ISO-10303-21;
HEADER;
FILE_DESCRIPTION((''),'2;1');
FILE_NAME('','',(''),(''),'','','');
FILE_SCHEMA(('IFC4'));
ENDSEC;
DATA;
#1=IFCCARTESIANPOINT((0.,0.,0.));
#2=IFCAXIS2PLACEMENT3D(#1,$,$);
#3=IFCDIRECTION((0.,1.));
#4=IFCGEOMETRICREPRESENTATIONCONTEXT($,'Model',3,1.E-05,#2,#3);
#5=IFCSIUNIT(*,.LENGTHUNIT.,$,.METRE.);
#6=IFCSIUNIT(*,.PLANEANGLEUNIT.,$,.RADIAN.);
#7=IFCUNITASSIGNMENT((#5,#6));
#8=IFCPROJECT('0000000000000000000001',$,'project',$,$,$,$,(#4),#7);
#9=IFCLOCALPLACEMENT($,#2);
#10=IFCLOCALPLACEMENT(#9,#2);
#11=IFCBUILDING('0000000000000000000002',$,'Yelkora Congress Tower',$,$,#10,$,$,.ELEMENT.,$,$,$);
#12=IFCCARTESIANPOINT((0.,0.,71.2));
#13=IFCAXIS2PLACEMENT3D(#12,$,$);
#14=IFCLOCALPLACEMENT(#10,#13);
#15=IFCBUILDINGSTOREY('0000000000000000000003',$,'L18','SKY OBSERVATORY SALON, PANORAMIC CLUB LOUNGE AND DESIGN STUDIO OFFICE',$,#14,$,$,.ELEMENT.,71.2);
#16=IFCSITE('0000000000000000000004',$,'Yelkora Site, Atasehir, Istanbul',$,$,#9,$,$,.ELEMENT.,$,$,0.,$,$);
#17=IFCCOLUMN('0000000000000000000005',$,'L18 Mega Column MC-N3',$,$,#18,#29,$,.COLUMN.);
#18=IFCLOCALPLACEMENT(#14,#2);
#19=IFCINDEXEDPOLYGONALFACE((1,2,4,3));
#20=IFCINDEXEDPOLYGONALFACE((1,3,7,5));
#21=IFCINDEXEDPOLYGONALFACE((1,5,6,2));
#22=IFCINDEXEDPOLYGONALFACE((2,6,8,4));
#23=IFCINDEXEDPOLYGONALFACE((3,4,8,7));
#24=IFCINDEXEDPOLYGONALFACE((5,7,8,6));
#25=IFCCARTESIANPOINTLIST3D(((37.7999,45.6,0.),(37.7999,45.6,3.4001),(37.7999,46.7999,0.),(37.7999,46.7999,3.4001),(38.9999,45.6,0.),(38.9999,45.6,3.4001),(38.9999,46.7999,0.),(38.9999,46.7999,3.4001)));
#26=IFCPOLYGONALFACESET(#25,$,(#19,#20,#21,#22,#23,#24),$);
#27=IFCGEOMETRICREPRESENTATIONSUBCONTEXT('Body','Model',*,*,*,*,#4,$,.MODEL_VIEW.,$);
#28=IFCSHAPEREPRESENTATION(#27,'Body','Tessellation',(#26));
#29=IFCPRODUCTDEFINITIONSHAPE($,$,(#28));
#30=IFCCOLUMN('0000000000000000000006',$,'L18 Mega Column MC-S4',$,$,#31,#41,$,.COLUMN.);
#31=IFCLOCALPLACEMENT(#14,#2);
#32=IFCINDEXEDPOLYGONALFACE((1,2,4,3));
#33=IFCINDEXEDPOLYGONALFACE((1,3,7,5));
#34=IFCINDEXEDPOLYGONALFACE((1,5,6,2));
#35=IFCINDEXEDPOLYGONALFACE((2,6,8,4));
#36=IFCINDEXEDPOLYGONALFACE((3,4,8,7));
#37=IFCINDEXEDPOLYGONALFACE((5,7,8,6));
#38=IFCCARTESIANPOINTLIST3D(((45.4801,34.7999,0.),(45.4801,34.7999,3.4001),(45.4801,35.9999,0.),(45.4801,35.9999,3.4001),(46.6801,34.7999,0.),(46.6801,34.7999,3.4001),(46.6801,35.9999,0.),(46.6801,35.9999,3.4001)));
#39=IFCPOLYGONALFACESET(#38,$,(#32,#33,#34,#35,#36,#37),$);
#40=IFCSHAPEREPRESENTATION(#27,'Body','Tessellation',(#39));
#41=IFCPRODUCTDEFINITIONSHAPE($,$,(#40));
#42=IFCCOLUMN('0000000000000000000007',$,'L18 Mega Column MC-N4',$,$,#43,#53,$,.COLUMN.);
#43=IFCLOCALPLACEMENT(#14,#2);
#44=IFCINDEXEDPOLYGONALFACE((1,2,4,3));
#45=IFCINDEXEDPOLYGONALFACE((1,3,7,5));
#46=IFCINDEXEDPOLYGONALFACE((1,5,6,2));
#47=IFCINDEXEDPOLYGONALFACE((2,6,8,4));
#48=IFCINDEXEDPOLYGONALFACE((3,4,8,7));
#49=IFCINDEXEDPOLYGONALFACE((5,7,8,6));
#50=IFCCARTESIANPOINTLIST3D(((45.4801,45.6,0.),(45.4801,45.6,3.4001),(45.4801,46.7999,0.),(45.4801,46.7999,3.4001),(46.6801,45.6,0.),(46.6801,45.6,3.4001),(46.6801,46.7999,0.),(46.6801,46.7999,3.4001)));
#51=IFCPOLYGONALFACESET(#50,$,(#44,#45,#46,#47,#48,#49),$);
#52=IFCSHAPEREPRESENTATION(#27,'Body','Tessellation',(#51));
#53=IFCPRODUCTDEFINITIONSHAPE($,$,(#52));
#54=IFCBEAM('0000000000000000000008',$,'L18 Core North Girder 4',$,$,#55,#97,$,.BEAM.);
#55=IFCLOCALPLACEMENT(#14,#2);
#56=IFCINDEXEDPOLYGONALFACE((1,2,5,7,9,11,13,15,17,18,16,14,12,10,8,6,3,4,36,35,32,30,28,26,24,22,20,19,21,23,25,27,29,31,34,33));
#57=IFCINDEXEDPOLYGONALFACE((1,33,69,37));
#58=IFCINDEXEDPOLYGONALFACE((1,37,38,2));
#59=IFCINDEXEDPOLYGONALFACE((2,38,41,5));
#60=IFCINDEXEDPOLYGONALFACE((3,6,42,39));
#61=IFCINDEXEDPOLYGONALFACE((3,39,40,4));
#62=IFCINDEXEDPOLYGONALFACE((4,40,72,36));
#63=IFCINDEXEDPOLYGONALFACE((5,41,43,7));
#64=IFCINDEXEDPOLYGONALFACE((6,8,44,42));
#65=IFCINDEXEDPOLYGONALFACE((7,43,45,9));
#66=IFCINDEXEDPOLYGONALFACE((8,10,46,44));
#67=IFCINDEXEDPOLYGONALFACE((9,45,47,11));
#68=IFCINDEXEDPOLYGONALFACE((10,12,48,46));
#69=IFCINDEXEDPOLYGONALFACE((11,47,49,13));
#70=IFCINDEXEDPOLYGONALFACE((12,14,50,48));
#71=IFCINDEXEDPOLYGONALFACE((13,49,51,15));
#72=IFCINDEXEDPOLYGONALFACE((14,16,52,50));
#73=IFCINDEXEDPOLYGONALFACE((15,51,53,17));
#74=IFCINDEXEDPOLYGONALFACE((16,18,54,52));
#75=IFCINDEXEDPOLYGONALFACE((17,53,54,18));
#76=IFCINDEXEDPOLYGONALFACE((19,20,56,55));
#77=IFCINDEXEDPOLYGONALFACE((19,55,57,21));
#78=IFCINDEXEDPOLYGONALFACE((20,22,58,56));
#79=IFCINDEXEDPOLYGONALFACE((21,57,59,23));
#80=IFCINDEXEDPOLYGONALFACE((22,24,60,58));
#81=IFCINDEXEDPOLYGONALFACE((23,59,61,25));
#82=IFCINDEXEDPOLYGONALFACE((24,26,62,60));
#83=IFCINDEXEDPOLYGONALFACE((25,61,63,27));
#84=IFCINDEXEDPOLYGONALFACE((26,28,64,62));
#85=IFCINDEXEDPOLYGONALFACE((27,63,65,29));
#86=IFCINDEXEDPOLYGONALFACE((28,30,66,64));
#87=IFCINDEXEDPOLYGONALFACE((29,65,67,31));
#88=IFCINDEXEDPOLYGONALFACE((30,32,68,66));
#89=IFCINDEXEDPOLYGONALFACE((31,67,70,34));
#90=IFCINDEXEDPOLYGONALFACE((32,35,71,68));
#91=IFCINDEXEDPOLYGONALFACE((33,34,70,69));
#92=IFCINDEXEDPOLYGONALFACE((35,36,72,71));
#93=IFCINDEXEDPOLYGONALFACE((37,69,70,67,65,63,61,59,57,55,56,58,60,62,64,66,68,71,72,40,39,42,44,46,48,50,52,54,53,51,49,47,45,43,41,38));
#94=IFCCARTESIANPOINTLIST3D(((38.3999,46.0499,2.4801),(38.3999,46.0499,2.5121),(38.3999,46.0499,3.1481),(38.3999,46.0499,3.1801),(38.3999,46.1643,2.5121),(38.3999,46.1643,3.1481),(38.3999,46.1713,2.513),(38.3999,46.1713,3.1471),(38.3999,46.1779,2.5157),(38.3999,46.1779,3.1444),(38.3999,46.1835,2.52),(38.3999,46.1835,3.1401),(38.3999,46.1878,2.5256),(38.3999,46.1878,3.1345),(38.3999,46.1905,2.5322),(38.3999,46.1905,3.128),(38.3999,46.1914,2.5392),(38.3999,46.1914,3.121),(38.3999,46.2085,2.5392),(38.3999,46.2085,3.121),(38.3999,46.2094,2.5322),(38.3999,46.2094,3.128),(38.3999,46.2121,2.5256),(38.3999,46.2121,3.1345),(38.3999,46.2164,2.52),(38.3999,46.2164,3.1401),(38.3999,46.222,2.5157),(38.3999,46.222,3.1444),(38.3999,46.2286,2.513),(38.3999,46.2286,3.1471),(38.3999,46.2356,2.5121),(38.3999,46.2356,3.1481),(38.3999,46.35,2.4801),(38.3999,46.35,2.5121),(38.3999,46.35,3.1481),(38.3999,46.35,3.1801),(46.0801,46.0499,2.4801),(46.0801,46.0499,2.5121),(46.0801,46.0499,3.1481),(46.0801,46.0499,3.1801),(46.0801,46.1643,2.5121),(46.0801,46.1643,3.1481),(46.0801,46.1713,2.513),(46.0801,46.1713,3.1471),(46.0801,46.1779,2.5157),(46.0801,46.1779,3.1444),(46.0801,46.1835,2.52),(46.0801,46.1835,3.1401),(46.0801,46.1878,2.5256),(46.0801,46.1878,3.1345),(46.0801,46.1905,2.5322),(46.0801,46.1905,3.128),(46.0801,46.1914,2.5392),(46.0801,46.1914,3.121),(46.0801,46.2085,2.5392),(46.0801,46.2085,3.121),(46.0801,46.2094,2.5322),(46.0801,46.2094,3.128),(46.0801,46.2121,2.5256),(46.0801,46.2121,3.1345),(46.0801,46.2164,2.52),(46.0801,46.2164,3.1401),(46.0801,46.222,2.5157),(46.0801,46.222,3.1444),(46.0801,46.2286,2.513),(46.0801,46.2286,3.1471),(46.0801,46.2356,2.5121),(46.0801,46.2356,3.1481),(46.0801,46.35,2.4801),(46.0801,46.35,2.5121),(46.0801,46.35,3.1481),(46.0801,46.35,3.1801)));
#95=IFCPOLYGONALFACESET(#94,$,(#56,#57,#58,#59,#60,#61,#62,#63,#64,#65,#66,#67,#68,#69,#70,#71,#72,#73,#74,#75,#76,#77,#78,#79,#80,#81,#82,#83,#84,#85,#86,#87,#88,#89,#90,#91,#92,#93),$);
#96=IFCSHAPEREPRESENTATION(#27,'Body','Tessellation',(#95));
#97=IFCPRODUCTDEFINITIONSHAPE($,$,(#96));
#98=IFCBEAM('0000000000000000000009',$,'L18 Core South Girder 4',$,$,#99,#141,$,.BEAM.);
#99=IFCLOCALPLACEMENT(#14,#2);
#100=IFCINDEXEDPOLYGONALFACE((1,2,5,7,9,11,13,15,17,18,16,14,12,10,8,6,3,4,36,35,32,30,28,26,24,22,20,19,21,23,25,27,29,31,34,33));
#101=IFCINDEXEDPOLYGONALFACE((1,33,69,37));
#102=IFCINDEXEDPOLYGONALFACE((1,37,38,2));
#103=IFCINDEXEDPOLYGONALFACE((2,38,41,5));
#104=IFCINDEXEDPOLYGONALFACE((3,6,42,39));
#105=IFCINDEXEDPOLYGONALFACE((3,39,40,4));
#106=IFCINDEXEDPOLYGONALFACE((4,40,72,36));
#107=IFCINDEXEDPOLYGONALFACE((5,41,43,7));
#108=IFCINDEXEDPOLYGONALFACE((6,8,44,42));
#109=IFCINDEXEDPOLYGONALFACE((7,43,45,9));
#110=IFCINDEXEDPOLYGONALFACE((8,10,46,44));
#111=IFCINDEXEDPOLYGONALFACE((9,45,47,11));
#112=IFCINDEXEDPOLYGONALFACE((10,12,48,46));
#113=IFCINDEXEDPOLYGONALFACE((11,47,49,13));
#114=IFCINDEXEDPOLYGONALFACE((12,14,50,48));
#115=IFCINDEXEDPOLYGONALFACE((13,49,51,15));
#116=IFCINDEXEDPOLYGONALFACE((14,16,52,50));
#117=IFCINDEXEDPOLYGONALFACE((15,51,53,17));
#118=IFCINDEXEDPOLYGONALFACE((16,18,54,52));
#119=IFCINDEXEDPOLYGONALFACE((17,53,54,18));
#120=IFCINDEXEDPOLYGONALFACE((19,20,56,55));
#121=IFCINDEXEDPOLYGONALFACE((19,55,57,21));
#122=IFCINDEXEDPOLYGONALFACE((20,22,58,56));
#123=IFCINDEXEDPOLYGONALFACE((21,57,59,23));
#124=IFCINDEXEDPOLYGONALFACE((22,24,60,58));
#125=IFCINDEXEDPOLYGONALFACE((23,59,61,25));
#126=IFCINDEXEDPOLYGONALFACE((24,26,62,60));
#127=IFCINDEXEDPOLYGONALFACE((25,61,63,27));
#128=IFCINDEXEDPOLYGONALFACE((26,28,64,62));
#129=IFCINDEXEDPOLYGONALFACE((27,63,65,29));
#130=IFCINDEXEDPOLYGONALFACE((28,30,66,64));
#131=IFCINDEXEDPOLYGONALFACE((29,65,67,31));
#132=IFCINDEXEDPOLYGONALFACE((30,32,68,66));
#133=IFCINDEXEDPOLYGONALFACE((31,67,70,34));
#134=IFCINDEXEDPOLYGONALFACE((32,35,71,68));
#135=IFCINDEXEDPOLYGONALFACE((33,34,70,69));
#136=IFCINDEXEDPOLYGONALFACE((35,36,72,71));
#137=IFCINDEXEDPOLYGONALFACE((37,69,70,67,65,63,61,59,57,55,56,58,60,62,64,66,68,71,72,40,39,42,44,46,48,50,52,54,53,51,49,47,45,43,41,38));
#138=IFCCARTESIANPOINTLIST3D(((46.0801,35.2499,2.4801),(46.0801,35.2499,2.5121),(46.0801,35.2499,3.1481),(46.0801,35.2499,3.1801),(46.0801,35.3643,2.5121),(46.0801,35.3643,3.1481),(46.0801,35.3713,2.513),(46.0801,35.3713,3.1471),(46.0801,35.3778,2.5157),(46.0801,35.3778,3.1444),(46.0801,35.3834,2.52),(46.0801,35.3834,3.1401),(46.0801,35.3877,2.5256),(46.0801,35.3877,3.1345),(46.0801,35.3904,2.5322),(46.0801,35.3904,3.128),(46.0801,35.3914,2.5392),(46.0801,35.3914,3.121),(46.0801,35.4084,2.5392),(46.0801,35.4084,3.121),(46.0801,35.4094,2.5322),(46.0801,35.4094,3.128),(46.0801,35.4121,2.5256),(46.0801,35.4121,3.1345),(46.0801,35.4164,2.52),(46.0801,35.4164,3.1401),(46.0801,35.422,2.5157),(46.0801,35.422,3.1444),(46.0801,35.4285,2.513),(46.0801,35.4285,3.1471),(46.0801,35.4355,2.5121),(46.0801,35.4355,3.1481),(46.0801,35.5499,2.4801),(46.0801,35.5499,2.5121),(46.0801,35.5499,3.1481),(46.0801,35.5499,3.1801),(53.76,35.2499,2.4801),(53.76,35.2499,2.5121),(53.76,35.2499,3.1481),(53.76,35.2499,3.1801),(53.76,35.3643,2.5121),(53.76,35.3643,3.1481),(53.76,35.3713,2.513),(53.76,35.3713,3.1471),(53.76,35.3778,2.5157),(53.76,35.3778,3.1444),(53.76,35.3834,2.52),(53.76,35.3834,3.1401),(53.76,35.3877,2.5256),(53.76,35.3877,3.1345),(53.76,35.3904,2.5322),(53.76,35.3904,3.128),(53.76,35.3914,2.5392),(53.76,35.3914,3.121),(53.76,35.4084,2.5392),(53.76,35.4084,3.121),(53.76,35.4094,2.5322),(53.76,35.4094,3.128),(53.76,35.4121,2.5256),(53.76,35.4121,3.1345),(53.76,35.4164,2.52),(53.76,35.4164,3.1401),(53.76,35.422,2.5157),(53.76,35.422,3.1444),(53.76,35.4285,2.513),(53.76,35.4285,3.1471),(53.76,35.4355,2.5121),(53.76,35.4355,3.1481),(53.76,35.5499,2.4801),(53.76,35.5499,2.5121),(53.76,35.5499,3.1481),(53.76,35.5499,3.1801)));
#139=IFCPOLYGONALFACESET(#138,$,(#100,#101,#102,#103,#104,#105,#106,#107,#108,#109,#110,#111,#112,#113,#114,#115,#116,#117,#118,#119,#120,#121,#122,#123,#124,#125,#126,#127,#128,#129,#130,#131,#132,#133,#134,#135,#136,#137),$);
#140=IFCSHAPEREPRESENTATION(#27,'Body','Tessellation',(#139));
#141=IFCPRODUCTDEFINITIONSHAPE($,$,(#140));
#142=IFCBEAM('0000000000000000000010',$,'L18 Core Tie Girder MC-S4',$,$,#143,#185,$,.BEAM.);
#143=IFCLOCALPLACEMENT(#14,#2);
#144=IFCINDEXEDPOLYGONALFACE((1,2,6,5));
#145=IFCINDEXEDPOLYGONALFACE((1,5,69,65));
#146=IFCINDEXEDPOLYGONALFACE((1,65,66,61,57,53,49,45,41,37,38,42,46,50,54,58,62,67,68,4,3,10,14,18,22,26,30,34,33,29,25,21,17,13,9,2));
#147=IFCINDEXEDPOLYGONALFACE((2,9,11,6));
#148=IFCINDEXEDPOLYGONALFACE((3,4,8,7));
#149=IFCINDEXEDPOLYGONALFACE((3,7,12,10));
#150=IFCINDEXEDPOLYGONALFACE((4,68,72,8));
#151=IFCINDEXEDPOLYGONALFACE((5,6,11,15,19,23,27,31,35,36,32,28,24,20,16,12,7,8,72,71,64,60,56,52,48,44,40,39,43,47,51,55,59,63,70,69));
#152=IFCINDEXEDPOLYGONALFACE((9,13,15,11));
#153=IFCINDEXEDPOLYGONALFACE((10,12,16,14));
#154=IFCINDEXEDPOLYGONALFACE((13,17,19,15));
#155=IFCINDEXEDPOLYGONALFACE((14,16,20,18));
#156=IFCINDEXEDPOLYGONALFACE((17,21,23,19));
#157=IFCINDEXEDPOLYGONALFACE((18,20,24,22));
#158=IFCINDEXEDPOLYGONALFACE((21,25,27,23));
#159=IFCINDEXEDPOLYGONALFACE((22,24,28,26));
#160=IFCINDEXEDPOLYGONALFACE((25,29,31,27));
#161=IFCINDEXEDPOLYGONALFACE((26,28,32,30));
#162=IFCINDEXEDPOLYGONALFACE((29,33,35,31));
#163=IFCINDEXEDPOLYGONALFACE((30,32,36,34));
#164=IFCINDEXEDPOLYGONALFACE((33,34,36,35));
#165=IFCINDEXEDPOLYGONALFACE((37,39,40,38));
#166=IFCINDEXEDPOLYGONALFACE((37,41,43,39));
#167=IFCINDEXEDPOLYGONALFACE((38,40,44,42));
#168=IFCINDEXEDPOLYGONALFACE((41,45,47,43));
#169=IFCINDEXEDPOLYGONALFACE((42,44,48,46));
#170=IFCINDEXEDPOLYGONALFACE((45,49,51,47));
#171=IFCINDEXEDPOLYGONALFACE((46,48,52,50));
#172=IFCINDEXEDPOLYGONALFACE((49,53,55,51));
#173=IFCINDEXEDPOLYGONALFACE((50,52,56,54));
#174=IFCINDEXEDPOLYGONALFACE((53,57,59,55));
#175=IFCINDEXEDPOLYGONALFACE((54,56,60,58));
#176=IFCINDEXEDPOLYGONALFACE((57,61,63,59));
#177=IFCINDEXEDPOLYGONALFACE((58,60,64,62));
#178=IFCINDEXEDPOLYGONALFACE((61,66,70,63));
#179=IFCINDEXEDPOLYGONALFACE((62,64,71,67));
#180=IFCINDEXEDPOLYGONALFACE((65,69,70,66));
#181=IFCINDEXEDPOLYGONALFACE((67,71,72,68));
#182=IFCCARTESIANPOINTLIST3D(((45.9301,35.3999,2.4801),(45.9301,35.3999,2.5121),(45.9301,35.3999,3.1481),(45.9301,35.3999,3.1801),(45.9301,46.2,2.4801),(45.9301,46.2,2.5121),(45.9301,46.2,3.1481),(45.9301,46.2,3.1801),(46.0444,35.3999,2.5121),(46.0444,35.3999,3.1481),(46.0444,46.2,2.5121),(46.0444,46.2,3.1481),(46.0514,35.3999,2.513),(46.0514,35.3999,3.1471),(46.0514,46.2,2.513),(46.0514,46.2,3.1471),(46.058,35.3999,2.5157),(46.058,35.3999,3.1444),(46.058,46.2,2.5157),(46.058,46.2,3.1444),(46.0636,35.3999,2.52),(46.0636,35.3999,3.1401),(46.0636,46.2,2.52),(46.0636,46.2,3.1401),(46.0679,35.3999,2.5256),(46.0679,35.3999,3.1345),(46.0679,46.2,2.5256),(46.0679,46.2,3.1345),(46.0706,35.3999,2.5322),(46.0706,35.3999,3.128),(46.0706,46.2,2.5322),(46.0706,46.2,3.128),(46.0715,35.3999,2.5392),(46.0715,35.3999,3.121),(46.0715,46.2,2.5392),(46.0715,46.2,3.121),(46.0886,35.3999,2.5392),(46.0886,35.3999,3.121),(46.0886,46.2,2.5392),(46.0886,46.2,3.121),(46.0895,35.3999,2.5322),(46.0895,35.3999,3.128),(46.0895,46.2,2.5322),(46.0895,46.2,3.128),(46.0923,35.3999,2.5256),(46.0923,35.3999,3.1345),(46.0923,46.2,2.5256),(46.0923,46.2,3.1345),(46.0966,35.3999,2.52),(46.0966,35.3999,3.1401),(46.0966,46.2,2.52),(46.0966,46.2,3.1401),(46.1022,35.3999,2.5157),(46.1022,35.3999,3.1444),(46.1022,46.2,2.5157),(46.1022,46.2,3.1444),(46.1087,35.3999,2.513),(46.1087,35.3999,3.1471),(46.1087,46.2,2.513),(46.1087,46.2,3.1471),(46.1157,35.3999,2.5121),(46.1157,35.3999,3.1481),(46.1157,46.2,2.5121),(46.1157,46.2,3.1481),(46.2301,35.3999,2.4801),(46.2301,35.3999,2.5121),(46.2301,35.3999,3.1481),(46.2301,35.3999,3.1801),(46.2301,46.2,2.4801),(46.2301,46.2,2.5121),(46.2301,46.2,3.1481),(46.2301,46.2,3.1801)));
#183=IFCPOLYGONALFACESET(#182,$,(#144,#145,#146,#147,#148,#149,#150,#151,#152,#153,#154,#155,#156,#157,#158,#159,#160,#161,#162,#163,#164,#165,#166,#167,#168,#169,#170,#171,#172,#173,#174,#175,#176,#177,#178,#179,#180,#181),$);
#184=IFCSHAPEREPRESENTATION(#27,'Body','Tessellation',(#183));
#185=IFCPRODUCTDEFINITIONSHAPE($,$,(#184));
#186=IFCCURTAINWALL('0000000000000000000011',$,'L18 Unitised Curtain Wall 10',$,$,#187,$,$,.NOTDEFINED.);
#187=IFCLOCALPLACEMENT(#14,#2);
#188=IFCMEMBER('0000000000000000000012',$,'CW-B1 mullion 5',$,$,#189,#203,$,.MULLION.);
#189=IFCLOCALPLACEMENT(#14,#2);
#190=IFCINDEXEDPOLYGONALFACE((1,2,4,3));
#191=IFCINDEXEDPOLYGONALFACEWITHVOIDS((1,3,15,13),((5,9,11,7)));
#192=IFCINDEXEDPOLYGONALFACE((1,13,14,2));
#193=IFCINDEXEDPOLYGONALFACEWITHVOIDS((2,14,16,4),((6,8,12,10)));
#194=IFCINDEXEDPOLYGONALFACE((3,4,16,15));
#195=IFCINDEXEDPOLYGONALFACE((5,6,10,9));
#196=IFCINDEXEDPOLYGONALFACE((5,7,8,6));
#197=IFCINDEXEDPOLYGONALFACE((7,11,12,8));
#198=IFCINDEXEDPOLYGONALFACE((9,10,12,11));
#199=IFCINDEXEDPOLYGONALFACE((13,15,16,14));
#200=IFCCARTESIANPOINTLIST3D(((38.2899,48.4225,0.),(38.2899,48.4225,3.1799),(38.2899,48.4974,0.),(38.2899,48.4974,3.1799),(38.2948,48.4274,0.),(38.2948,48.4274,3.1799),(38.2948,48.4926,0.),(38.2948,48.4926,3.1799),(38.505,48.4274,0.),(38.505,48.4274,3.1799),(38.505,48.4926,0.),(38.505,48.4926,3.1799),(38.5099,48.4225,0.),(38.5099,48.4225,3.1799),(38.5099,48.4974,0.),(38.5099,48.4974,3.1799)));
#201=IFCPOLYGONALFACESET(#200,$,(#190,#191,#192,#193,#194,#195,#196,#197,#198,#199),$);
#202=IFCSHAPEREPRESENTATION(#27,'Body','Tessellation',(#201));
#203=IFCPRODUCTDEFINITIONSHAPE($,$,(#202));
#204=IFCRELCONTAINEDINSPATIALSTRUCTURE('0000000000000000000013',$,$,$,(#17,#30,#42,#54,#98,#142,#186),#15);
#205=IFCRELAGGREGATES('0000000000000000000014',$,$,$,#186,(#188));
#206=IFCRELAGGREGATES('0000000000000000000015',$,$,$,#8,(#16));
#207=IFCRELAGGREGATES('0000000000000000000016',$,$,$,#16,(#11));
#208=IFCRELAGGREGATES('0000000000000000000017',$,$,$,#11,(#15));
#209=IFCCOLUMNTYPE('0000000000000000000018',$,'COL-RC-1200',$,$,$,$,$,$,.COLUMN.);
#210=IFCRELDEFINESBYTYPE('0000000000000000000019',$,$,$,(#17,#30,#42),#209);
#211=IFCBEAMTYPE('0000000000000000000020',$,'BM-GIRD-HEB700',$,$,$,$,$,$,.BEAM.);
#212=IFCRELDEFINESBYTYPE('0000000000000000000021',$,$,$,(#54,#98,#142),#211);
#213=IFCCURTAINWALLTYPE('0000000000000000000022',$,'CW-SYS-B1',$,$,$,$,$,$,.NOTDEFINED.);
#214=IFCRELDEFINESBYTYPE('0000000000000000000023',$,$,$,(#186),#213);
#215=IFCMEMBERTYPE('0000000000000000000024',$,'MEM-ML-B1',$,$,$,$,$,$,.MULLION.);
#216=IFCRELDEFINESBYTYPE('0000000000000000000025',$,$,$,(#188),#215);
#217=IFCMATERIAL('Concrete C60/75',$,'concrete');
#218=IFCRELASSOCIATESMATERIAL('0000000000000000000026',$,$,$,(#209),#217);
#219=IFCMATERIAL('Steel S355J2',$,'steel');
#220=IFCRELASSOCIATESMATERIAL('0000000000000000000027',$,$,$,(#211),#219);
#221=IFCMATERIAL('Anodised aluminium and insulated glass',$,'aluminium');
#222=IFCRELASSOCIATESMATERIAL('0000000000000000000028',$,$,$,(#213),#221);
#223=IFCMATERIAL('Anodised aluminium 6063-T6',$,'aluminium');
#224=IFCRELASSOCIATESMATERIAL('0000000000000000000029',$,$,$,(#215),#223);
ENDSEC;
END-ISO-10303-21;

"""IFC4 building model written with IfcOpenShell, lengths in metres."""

from ifc_helpers import new_model, si_unit, direction, frame, origin, origin_2d, place, context, subcontext, project, spatial, rectangle, hollow_rectangle, i_section, extrude, material, material_profile, profile_set, type_object, element, aggregate, save


model = new_model("IFC4")

# Units and contexts
model_context = context("Model", 3, precision=1e-05, world=origin(), true_north=direction((0.0, 1.0)))
body_context = subcontext(model_context, "Body", "Model", "MODEL_VIEW")
ifc_project = project(units=[si_unit("LENGTHUNIT", "METRE"), si_unit("PLANEANGLEUNIT", "RADIAN")], contexts=[model_context])

# Site, building, storey
site_placement = place(None, origin())
site = spatial("IfcSite", under=ifc_project, at=site_placement, Name="Yelkora Site, Atasehir, Istanbul", CompositionType="ELEMENT", RefElevation=0.0)
building_placement = place(site_placement, origin())
building = spatial("IfcBuilding", under=site, at=building_placement, Name="Yelkora Congress Tower", CompositionType="ELEMENT")
storey_placement = place(building_placement, frame((0.0, 0.0, 71.2)))
storey = spatial("IfcBuildingStorey", under=building, at=storey_placement, Name="L18", Description="SKY OBSERVATORY SALON, PANORAMIC CLUB LOUNGE AND DESIGN STUDIO OFFICE", CompositionType="ELEMENT", Elevation=71.2)

# Columns
ifc_material_1 = material(Name="Concrete C60/75", Category="concrete")
ifc_material_profile_1 = material_profile(ifc_material_1, rectangle(XDim=1.2, YDim=1.2, at=origin_2d()), Name="RC 1200x1200")
ifc_profile_set_1 = profile_set([ifc_material_profile_1], Name="Concrete C60/75")
column_type = type_object("IfcColumnType", Name="COL-RC-1200", PredefinedType="COLUMN", material=ifc_profile_set_1)
for number, where, z_axis, x_axis, name in (
    (1, (38.3999, 46.2, 0.0), (0.0, 0.0, 1.0), (1.0, 0.0, 0.0), "L18 Mega Column MC-N3"),
    (2, (46.0801, 35.3999, 0.0), (0.0, 0.0, 1.0), (1.0, 0.0, 0.0), "L18 Mega Column MC-S4"),
    (3, (46.0801, 46.2, 0.0), (0.0, 0.0, 1.0), (1.0, 0.0, 0.0), "L18 Mega Column MC-N4"),
):
    element("IfcColumn", number, at=place(storey_placement, frame(where, z_axis=z_axis, x_axis=x_axis)), inside=storey, type_object=column_type, Name=name, PredefinedType="COLUMN", context=body_context, shape_type="SweptSolid", body=[
        extrude(rectangle(XDim=1.2, YDim=1.2, at=origin_2d()), origin(), (0.0, 0.0, 1.0), 3.4001),
    ])

# Beams
ifc_material_2 = material(Name="Steel S355J2", Category="steel")
ifc_material_profile_2 = material_profile(ifc_material_2, i_section(OverallWidth=0.3, OverallDepth=0.7, WebThickness=0.0171, FlangeThickness=0.032, FilletRadius=0.0271, at=origin_2d()), Name="HEB 700")
ifc_profile_set_2 = profile_set([ifc_material_profile_2], Name="Steel S355J2")
beam_type = type_object("IfcBeamType", Name="BM-GIRD-HEB700", PredefinedType="BEAM", material=ifc_profile_set_2)
beam_1_placement = place(storey_placement, frame((38.3999, 46.2, 2.8301), z_axis=(1.0, 0.0, 0.0), x_axis=(0.0, 1.0, 0.0)))
element("IfcBeam", 4, at=beam_1_placement, inside=storey, type_object=beam_type, Name="L18 Core North Girder 4", PredefinedType="BEAM", context=body_context, shape_type="SweptSolid", body=[
    extrude(i_section(OverallWidth=0.3, OverallDepth=0.7, WebThickness=0.0171, FlangeThickness=0.032, FilletRadius=0.0271, at=origin_2d()), origin(), (0.0, 0.0, 1.0), 7.6802),
])
beam_2_placement = place(storey_placement, frame((46.0801, 35.3999, 2.8301), z_axis=(1.0, 0.0, 0.0), x_axis=(0.0, 1.0, 0.0)))
element("IfcBeam", 5, at=beam_2_placement, inside=storey, type_object=beam_type, Name="L18 Core South Girder 4", PredefinedType="BEAM", context=body_context, shape_type="SweptSolid", body=[
    extrude(i_section(OverallWidth=0.3, OverallDepth=0.7, WebThickness=0.0171, FlangeThickness=0.032, FilletRadius=0.0271, at=origin_2d()), origin(), (0.0, 0.0, 1.0), 7.6799),
])
beam_3_placement = place(storey_placement, frame((46.0801, 35.3999, 2.8301), z_axis=(0.0, 1.0, 0.0), x_axis=(-1.0, 0.0, 0.0)))
element("IfcBeam", 6, at=beam_3_placement, inside=storey, type_object=beam_type, Name="L18 Core Tie Girder MC-S4", PredefinedType="BEAM", context=body_context, shape_type="SweptSolid", body=[
    extrude(i_section(OverallWidth=0.3, OverallDepth=0.7, WebThickness=0.0171, FlangeThickness=0.032, FilletRadius=0.0271, at=origin_2d()), origin(), (0.0, 0.0, 1.0), 10.8),
])

# Curtain wall, member
ifc_material_3 = material(Name="Anodised aluminium and insulated glass", Category="aluminium")
curtain_wall_type = type_object("IfcCurtainWallType", Name="CW-SYS-B1", PredefinedType="NOTDEFINED", material=ifc_material_3)
curtain_wall_placement = place(storey_placement, origin())
curtain_wall = element("IfcCurtainWall", 7, at=curtain_wall_placement, inside=storey, type_object=curtain_wall_type, Name="L18 Unitised Curtain Wall 10", PredefinedType="NOTDEFINED")
ifc_material_4 = material(Name="Anodised aluminium 6063-T6", Category="aluminium")
ifc_material_profile_3 = material_profile(ifc_material_4, hollow_rectangle(XDim=0.075, YDim=0.22, WallThickness=0.0049, at=origin_2d()), Name="ALU 75x220x5")
ifc_profile_set_3 = profile_set([ifc_material_profile_3], Name="Anodised aluminium 6063-T6")
member_type_1 = type_object("IfcMemberType", Name="MEM-ML-B1", PredefinedType="MULLION", material=ifc_profile_set_3)
member_1_placement = place(storey_placement, frame((38.3999, 48.46, 0.0), z_axis=(0.0, 0.0, 1.0), x_axis=(0.0, 1.0, 0.0)))
member_1 = element("IfcMember", 8, at=member_1_placement, type_object=member_type_1, Name="CW-B1 mullion 5", PredefinedType="MULLION", context=body_context, shape_type="SweptSolid", body=[
    extrude(hollow_rectangle(XDim=0.075, YDim=0.22, WallThickness=0.0049, at=origin_2d()), origin(), (0.0, 0.0, 1.0), 3.1799),
])
aggregate(curtain_wall, [member_1])

save(model, "model.ifc")
